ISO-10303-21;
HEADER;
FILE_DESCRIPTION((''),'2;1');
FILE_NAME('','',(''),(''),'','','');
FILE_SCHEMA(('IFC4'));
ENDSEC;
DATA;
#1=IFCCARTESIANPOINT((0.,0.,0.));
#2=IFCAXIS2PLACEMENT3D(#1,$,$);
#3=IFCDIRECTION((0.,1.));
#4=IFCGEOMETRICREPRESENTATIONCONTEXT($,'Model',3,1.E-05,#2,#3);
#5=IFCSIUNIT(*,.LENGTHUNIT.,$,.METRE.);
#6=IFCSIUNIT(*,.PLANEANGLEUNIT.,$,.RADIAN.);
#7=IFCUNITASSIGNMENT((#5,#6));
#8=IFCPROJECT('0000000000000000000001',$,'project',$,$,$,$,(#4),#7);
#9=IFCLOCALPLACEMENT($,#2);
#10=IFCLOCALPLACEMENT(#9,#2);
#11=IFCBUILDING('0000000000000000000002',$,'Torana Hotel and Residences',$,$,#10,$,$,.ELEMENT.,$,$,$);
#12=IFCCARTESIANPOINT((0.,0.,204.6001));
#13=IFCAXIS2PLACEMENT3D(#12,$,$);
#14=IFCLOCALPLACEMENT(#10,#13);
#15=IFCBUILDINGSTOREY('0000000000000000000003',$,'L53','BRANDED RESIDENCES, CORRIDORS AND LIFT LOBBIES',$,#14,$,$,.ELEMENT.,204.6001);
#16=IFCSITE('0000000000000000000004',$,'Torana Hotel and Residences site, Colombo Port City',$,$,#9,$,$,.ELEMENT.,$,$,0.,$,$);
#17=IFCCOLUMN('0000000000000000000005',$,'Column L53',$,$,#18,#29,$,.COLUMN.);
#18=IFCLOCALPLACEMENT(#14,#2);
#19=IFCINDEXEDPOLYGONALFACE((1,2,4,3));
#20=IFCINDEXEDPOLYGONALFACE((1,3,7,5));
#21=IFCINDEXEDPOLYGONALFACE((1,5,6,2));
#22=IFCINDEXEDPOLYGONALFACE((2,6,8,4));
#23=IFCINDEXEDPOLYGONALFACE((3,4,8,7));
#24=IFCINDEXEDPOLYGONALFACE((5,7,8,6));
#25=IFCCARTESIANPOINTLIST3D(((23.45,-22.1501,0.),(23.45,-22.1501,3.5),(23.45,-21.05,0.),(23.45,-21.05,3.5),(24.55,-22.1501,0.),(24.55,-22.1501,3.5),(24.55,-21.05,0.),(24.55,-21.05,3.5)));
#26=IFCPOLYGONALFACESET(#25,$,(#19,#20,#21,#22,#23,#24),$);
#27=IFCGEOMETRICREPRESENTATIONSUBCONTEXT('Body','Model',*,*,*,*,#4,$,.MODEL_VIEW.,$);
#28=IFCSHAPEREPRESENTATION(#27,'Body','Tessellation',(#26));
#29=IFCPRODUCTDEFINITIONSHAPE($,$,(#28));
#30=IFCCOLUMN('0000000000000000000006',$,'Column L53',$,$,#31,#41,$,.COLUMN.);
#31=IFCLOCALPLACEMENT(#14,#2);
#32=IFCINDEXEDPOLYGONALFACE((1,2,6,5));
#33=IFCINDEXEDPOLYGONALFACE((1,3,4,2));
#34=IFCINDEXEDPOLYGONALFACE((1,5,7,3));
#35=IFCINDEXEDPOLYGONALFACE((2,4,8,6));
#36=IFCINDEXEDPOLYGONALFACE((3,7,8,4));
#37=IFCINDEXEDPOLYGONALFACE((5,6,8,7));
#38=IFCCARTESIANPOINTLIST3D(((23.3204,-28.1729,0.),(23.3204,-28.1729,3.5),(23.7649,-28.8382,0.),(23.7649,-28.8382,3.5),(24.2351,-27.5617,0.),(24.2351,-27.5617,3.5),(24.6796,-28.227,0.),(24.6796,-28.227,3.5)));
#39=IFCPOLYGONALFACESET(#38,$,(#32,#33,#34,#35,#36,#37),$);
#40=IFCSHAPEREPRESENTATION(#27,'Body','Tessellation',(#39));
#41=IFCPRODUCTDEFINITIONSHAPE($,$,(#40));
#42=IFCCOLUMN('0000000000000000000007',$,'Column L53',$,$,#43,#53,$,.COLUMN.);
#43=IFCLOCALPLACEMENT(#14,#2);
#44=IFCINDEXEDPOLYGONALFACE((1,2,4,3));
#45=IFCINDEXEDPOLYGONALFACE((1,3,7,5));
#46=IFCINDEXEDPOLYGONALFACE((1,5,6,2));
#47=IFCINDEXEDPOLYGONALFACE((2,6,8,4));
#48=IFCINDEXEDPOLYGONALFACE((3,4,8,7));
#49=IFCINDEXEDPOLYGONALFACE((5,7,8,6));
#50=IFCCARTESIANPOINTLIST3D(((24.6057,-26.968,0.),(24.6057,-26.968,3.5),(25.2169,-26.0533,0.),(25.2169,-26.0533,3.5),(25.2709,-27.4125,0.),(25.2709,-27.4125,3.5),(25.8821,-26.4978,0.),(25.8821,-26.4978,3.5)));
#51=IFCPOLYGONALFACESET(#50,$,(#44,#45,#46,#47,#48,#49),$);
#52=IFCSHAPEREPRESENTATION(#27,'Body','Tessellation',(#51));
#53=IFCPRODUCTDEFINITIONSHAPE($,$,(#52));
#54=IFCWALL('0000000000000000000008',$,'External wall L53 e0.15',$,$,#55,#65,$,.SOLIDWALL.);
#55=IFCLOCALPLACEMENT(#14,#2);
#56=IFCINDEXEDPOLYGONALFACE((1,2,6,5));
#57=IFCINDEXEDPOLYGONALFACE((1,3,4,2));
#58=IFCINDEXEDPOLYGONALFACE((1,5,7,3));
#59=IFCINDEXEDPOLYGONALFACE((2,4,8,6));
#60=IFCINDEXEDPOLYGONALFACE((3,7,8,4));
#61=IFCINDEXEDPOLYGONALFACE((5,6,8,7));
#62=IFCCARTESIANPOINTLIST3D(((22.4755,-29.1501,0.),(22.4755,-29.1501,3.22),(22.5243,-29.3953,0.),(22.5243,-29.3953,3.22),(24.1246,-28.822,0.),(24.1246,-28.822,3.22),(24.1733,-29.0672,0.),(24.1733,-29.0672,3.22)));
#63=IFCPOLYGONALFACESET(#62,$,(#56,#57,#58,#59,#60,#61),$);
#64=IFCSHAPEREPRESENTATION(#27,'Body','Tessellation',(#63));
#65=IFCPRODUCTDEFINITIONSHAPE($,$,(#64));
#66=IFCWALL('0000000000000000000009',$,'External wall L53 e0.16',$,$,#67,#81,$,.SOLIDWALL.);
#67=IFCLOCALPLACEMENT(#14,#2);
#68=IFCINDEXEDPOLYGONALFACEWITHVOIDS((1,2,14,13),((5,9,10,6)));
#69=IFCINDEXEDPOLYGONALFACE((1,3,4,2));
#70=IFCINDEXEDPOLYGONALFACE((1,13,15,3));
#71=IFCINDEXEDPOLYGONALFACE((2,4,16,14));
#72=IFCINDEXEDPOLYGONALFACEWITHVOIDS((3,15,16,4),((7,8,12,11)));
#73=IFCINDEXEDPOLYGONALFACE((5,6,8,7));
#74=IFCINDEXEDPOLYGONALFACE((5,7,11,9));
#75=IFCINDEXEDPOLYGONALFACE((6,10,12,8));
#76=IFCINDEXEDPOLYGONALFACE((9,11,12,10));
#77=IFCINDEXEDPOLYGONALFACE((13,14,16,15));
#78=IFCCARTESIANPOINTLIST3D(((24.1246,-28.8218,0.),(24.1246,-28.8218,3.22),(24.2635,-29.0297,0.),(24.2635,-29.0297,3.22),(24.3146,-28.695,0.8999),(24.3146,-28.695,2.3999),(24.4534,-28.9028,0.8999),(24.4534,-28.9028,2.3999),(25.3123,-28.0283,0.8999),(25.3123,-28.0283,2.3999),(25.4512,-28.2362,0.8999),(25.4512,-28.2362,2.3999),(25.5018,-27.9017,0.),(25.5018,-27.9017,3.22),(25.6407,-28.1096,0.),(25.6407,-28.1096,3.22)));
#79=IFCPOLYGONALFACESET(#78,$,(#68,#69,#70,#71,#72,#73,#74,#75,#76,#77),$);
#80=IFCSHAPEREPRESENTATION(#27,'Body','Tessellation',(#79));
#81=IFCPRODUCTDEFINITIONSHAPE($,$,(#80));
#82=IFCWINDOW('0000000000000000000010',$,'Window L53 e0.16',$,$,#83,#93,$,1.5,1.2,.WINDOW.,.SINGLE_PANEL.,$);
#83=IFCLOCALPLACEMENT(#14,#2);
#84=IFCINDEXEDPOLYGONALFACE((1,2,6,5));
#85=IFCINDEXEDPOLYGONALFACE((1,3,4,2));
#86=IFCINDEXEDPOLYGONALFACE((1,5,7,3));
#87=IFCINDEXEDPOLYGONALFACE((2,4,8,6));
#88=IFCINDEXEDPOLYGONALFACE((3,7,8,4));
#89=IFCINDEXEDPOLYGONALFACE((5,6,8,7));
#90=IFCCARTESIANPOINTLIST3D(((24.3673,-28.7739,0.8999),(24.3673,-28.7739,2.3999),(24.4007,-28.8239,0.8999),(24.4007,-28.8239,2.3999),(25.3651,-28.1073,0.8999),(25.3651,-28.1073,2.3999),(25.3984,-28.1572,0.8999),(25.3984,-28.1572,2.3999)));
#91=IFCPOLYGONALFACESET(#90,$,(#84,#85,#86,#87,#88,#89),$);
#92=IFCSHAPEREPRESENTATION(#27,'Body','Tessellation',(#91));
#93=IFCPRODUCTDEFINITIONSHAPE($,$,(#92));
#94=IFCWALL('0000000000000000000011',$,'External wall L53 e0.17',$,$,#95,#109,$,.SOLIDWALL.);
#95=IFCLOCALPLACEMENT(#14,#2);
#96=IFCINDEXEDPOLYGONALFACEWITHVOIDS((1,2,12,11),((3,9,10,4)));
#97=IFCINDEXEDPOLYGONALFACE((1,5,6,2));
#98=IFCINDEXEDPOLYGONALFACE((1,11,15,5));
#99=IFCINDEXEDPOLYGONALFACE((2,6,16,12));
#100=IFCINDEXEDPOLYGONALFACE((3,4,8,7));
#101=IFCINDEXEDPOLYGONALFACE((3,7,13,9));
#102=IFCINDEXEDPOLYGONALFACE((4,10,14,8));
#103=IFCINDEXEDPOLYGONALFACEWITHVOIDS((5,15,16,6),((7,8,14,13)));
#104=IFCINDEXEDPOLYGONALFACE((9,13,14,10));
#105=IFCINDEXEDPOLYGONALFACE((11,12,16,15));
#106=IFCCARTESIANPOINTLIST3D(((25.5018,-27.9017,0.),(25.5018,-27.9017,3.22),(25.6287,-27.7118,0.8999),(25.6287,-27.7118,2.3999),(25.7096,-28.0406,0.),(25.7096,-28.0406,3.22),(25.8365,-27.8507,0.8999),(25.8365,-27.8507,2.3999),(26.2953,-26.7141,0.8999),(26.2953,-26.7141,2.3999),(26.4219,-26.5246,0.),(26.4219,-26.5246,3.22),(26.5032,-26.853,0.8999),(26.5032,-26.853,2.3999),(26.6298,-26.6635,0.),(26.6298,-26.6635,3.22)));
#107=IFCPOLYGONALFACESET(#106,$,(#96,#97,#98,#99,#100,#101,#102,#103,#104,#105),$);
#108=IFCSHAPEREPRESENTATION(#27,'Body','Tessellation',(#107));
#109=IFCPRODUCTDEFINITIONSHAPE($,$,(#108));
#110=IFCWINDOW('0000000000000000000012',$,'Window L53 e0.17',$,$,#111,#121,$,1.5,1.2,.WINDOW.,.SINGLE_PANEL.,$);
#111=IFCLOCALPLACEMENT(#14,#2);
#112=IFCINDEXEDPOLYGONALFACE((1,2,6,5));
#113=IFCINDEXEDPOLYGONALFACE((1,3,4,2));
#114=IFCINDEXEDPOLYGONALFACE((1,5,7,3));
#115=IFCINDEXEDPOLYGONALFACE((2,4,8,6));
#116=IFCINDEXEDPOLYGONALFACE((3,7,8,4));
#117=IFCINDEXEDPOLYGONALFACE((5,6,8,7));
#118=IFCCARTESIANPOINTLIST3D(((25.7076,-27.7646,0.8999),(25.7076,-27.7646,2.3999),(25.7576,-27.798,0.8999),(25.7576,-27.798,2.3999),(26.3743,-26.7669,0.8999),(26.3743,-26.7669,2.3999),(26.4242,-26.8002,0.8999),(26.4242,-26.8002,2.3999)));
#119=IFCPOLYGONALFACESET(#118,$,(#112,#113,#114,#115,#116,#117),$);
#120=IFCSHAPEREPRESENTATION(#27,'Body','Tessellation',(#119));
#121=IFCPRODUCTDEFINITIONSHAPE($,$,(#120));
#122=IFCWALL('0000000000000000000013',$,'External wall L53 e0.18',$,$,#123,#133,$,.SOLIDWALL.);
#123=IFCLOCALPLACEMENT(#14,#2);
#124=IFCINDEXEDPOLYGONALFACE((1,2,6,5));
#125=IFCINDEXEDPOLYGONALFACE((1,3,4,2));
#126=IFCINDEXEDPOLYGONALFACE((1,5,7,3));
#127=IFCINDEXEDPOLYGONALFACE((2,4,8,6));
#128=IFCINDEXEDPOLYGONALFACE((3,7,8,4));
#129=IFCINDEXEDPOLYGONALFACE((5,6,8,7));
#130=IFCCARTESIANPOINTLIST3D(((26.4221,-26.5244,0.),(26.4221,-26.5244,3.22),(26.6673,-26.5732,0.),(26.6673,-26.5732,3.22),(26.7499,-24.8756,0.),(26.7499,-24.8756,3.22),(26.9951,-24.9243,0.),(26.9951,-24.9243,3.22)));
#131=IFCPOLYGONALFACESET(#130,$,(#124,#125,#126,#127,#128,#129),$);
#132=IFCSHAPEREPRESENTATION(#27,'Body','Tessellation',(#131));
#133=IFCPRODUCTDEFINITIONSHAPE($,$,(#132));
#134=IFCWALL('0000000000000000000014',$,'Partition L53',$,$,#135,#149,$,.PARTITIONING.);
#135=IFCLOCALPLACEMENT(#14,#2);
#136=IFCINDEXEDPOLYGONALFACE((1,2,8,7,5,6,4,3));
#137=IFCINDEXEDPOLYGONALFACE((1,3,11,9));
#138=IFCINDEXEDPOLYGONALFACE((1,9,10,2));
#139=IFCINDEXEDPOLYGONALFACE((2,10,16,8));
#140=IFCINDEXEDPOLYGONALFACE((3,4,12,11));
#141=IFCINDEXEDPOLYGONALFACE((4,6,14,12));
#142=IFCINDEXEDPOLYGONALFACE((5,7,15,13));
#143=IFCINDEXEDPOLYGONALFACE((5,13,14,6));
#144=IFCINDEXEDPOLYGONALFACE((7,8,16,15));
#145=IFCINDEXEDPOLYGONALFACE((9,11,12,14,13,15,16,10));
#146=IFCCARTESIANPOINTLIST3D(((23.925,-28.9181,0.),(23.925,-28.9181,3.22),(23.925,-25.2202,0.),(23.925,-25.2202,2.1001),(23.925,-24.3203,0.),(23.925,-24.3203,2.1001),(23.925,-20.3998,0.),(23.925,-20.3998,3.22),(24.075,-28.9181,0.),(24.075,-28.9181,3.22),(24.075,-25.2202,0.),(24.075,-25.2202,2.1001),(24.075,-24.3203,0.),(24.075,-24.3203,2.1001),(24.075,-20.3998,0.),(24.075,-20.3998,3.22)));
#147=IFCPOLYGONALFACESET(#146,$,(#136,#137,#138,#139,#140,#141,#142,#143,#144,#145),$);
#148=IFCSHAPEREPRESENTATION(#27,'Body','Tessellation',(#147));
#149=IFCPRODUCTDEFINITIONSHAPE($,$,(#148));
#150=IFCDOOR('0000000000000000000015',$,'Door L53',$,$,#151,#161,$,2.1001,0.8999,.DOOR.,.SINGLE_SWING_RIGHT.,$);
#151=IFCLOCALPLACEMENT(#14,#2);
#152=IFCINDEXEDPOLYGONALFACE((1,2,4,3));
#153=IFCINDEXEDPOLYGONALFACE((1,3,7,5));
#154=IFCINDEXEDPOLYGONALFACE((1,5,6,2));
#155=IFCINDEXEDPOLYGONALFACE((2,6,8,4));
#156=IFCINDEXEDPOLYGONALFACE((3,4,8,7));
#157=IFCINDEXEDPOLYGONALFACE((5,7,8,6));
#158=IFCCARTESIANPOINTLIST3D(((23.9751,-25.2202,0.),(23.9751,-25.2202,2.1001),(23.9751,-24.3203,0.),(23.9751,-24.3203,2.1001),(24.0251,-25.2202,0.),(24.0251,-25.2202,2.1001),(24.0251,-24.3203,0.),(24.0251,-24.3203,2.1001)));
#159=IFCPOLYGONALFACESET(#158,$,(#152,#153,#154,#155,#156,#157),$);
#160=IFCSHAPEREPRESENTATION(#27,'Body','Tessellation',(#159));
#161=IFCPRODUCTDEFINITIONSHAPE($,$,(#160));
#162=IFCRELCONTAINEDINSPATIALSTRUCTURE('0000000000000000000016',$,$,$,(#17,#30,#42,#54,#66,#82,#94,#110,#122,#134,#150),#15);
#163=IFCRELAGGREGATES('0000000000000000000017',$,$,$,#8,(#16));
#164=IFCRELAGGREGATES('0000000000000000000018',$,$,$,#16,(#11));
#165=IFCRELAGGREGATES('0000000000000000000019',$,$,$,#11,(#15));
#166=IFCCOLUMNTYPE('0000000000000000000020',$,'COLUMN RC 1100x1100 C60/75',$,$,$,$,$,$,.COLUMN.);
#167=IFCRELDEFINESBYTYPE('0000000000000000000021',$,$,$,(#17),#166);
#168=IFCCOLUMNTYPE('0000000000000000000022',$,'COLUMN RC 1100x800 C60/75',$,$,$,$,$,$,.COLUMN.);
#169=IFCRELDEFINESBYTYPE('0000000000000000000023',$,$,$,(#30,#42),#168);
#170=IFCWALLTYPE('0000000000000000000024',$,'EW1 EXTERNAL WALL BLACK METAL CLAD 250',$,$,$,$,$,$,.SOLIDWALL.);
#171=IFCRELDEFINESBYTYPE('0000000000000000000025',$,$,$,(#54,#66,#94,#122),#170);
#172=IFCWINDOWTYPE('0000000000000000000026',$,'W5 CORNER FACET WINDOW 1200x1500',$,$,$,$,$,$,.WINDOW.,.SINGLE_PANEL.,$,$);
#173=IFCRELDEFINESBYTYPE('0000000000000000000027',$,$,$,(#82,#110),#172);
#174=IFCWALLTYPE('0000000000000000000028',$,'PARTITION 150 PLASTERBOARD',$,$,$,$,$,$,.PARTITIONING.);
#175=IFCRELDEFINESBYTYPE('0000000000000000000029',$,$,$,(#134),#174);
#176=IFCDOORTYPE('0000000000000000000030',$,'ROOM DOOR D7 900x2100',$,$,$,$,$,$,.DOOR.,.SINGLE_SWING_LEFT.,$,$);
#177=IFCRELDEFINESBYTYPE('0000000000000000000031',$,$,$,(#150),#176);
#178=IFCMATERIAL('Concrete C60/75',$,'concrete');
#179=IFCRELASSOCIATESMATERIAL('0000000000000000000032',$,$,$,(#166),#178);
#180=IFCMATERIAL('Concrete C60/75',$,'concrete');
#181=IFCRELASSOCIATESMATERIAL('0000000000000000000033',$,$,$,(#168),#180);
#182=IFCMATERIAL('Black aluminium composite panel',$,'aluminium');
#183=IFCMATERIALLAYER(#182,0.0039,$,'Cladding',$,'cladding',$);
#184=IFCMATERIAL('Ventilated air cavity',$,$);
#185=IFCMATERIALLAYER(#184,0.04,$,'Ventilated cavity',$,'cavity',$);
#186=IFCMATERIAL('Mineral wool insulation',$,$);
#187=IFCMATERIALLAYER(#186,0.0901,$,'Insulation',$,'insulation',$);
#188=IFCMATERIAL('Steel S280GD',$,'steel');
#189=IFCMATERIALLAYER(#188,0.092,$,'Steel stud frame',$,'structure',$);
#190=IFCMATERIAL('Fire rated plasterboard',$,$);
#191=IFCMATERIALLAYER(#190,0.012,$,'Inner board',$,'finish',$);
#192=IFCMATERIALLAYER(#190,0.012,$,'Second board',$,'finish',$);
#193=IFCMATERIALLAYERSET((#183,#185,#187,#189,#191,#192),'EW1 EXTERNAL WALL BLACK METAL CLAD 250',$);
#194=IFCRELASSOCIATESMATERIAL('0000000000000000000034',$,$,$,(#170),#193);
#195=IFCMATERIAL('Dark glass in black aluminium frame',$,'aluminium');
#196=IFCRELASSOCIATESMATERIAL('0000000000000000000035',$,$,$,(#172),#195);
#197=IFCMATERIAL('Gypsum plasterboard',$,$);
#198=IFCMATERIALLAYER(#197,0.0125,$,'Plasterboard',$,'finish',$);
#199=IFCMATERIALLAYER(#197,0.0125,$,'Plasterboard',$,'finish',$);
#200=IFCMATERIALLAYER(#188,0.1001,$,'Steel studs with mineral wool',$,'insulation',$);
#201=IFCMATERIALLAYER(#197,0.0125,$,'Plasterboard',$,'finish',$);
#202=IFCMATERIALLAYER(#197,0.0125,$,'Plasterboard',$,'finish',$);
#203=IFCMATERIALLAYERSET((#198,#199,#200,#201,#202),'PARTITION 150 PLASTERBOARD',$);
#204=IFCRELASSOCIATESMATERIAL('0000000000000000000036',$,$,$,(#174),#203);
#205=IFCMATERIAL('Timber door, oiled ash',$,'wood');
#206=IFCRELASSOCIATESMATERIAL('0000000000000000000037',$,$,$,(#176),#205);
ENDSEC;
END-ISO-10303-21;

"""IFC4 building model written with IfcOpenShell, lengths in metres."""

from ifc_helpers import new_model, si_unit, direction, frame, frame_2d, origin, origin_2d, place, context, subcontext, project, spatial, rectangle, extrude, material, layer, layer_set, material_profile, profile_set, type_object, element, fill, save


model = new_model("IFC4")

# Units and contexts
model_context = context("Model", 3, precision=1e-05, world=origin(), true_north=direction((0.0, 1.0)))
body_context = subcontext(model_context, "Body", "Model", "MODEL_VIEW")
ifc_project = project(units=[si_unit("LENGTHUNIT", "METRE"), si_unit("PLANEANGLEUNIT", "RADIAN")], contexts=[model_context])

# Site, building, storey
site_placement = place(None, origin())
site = spatial("IfcSite", under=ifc_project, at=site_placement, Name="Torana Hotel and Residences site, Colombo Port City", CompositionType="ELEMENT", RefElevation=0.0)
building_placement = place(site_placement, origin())
building = spatial("IfcBuilding", under=site, at=building_placement, Name="Torana Hotel and Residences", CompositionType="ELEMENT")
storey_placement = place(building_placement, frame((0.0, 0.0, 204.6001)))
storey = spatial("IfcBuildingStorey", under=building, at=storey_placement, Name="L53", Description="BRANDED RESIDENCES, CORRIDORS AND LIFT LOBBIES", CompositionType="ELEMENT", Elevation=204.6001)

# Columns
ifc_material_1 = material(Name="Concrete C60/75", Category="concrete")
ifc_material_profile_1 = material_profile(ifc_material_1, rectangle(XDim=1.1001, YDim=1.1001, at=origin_2d()), Name="RC 1100x1100")
ifc_profile_set_1 = profile_set([ifc_material_profile_1], Name="Concrete C60/75")
column_type_1 = type_object("IfcColumnType", Name="COLUMN RC 1100x1100 C60/75", PredefinedType="COLUMN", material=ifc_profile_set_1)
column_placement = place(storey_placement, frame((24.0, -21.6001, 0.0), z_axis=(0.0, 0.0, 1.0), x_axis=(1.0, 0.0, 0.0)))
element("IfcColumn", 1, at=column_placement, inside=storey, type_object=column_type_1, Name="Column L53", PredefinedType="COLUMN", context=body_context, shape_type="SweptSolid", body=[
    extrude(rectangle(XDim=1.1001, YDim=1.1001, at=origin_2d()), origin(), (0.0, 0.0, 1.0), 3.5),
])
ifc_material_2 = material(Name="Concrete C60/75", Category="concrete")
ifc_material_profile_2 = material_profile(ifc_material_2, rectangle(XDim=1.1001, YDim=0.8, at=origin_2d()), Name="RC 1100x800")
ifc_profile_set_2 = profile_set([ifc_material_profile_2], Name="Concrete C60/75")
column_type_2 = type_object("IfcColumnType", Name="COLUMN RC 1100x800 C60/75", PredefinedType="COLUMN", material=ifc_profile_set_2)
for number, where, z_axis, x_axis, name in (
    (2, (24.0, -28.2, 0.0), (0.0, 0.0, 1.0), (0.83146, 0.555585, 0.0), "Column L53"),
    (3, (25.2439, -26.7329, 0.0), (0.0, 0.0, 1.0), (0.555585, 0.83146, 0.0), "Column L53"),
):
    element("IfcColumn", number, at=place(storey_placement, frame(where, z_axis=z_axis, x_axis=x_axis)), inside=storey, type_object=column_type_2, Name=name, PredefinedType="COLUMN", context=body_context, shape_type="SweptSolid", body=[
        extrude(rectangle(XDim=1.1001, YDim=0.8, at=origin_2d()), origin(), (0.0, 0.0, 1.0), 3.5),
    ])

# Wall
ifc_material_3 = material(Name="Black aluminium composite panel", Category="aluminium")
ifc_layer_1 = layer(ifc_material_3, 0.0039, Name="Cladding", Category="cladding")
ifc_material_4 = material(Name="Ventilated air cavity")
ifc_layer_2 = layer(ifc_material_4, 0.04, Name="Ventilated cavity", Category="cavity")
ifc_material_5 = material(Name="Mineral wool insulation")
ifc_layer_3 = layer(ifc_material_5, 0.0901, Name="Insulation", Category="insulation")
ifc_material_6 = material(Name="Steel S280GD", Category="steel")
ifc_layer_4 = layer(ifc_material_6, 0.092, Name="Steel stud frame", Category="structure")
ifc_material_7 = material(Name="Fire rated plasterboard")
ifc_layer_5 = layer(ifc_material_7, 0.012, Name="Inner board", Category="finish")
ifc_layer_6 = layer(ifc_material_7, 0.012, Name="Second board", Category="finish")
ifc_layer_set_1 = layer_set([ifc_layer_1, ifc_layer_2, ifc_layer_3, ifc_layer_4, ifc_layer_5, ifc_layer_6], Name="EW1 EXTERNAL WALL BLACK METAL CLAD 250")
wall_type_1 = type_object("IfcWallType", Name="EW1 EXTERNAL WALL BLACK METAL CLAD 250", PredefinedType="SOLIDWALL", material=ifc_layer_set_1)
wall_1_placement = place(storey_placement, frame((22.4998, -29.2727, 0.0), z_axis=(0.0, 0.0, 1.0), x_axis=(0.980776, 0.195139, 0.0)))
element("IfcWall", 4, at=wall_1_placement, inside=storey, type_object=wall_type_1, Name="External wall L53 e0.15", PredefinedType="SOLIDWALL", context=body_context, shape_type="SweptSolid", body=[
    extrude(rectangle(XDim=1.6814, YDim=0.25, at=frame_2d((0.8408, 0.0))), origin(), (0.0, 0.0, 1.0), 3.22),
])

# Walls, openings, windows
wall_2_placement = place(storey_placement, frame((24.1941, -28.9258, 0.0), z_axis=(0.0, 0.0, 1.0), x_axis=(0.831483, 0.55555, 0.0)))
wall_2 = element("IfcWall", 5, at=wall_2_placement, inside=storey, type_object=wall_type_1, Name="External wall L53 e0.16", PredefinedType="SOLIDWALL", context=body_context, shape_type="SweptSolid", body=[
    extrude(rectangle(XDim=1.6562, YDim=0.25, at=frame_2d((0.8281, 0.0))), origin(), (0.0, 0.0, 1.0), 3.22),
])
opening_1_placement = place(wall_2_placement, frame((0.2283, 0.0, 0.8999)))
opening_1 = element("IfcOpeningElement", 6, at=opening_1_placement, cuts=wall_2, PredefinedType="OPENING", context=body_context, shape_type="SweptSolid", body=[
    extrude(rectangle(XDim=1.2, YDim=1.5, at=frame_2d((0.6001, 0.75))), frame((0.0, 0.135, 0.0), z_axis=(0.0, -1.0, 0.0), x_axis=(1.0, 0.0, 0.0)), (0.0, 0.0, 1.0), 0.27),
])
ifc_material_8 = material(Name="Dark glass in black aluminium frame", Category="aluminium")
window_type = type_object("IfcWindowType", Name="W5 CORNER FACET WINDOW 1200x1500", PartitioningType="SINGLE_PANEL", PredefinedType="WINDOW", material=ifc_material_8)
window_1_placement = place(opening_1_placement, origin())
window_1 = element("IfcWindow", 7, at=window_1_placement, inside=storey, type_object=window_type, Name="Window L53 e0.16", OverallHeight=1.5, OverallWidth=1.2, PartitioningType="SINGLE_PANEL", PredefinedType="WINDOW", context=body_context, shape_type="SweptSolid", body=[
    extrude(rectangle(XDim=1.2, YDim=1.5, at=frame_2d((0.6001, 0.75))), frame((0.0, 0.03, 0.0), z_axis=(0.0, -1.0, 0.0), x_axis=(1.0, 0.0, 0.0)), (0.0, 0.0, 1.0), 0.0601),
])
fill(opening_1, window_1)
wall_3_placement = place(storey_placement, frame((25.6057, -27.9712, 0.0), z_axis=(0.0, 0.0, 1.0), x_axis=(0.55555, 0.831483, 0.0)))
wall_3 = element("IfcWall", 8, at=wall_3_placement, inside=storey, type_object=wall_type_1, Name="External wall L53 e0.17", PredefinedType="SOLIDWALL", context=body_context, shape_type="SweptSolid", body=[
    extrude(rectangle(XDim=1.6562, YDim=0.25, at=frame_2d((0.8281, 0.0))), origin(), (0.0, 0.0, 1.0), 3.22),
])
opening_2_placement = place(wall_3_placement, frame((0.2283, 0.0, 0.8999)))
opening_2 = element("IfcOpeningElement", 9, at=opening_2_placement, cuts=wall_3, PredefinedType="OPENING", context=body_context, shape_type="SweptSolid", body=[
    extrude(rectangle(XDim=1.2, YDim=1.5, at=frame_2d((0.6001, 0.75))), frame((0.0, 0.135, 0.0), z_axis=(0.0, -1.0, 0.0), x_axis=(1.0, 0.0, 0.0)), (0.0, 0.0, 1.0), 0.27),
])
window_2_placement = place(opening_2_placement, origin())
window_2 = element("IfcWindow", 10, at=window_2_placement, inside=storey, type_object=window_type, Name="Window L53 e0.17", OverallHeight=1.5, OverallWidth=1.2, PartitioningType="SINGLE_PANEL", PredefinedType="WINDOW", context=body_context, shape_type="SweptSolid", body=[
    extrude(rectangle(XDim=1.2, YDim=1.5, at=frame_2d((0.6001, 0.75))), frame((0.0, 0.03, 0.0), z_axis=(0.0, -1.0, 0.0), x_axis=(1.0, 0.0, 0.0)), (0.0, 0.0, 1.0), 0.0601),
])
fill(opening_2, window_2)

# Wall
wall_4_placement = place(storey_placement, frame((26.5447, -26.5488, 0.0), z_axis=(0.0, 0.0, 1.0), x_axis=(0.195027, 0.980798, 0.0)))
element("IfcWall", 11, at=wall_4_placement, inside=storey, type_object=wall_type_1, Name="External wall L53 e0.18", PredefinedType="SOLIDWALL", context=body_context, shape_type="SweptSolid", body=[
    extrude(rectangle(XDim=1.6812, YDim=0.25, at=frame_2d((0.8406, 0.0))), origin(), (0.0, 0.0, 1.0), 3.22),
])

# Wall, opening, door
ifc_material_9 = material(Name="Gypsum plasterboard")
ifc_layer_7 = layer(ifc_material_9, 0.0125, Name="Plasterboard", Category="finish")
ifc_layer_8 = layer(ifc_material_9, 0.0125, Name="Plasterboard", Category="finish")
ifc_layer_9 = layer(ifc_material_6, 0.1001, Name="Steel studs with mineral wool", Category="insulation")
ifc_layer_10 = layer(ifc_material_9, 0.0125, Name="Plasterboard", Category="finish")
ifc_layer_11 = layer(ifc_material_9, 0.0125, Name="Plasterboard", Category="finish")
ifc_layer_set_2 = layer_set([ifc_layer_7, ifc_layer_8, ifc_layer_9, ifc_layer_10, ifc_layer_11], Name="PARTITION 150 PLASTERBOARD")
wall_type_2 = type_object("IfcWallType", Name="PARTITION 150 PLASTERBOARD", PredefinedType="PARTITIONING", material=ifc_layer_set_2)
wall_5_placement = place(storey_placement, frame((24.0, -28.9182, 0.0), z_axis=(0.0, 0.0, 1.0), x_axis=(0.0, 1.0, 0.0)))
wall_5 = element("IfcWall", 12, at=wall_5_placement, inside=storey, type_object=wall_type_2, Name="Partition L53", PredefinedType="PARTITIONING", context=body_context, shape_type="SweptSolid", body=[
    extrude(rectangle(XDim=8.5183, YDim=0.1499, at=frame_2d((4.2593, 0.0))), origin(), (0.0, 0.0, 1.0), 3.22),
])
opening_3_placement = place(wall_5_placement, frame((3.698, 0.0, 0.0)))
opening_3 = element("IfcOpeningElement", 13, at=opening_3_placement, cuts=wall_5, PredefinedType="OPENING", context=body_context, shape_type="SweptSolid", body=[
    extrude(rectangle(XDim=0.8999, YDim=2.1001, at=frame_2d((0.45, 1.05))), frame((0.0, 0.085, 0.0), z_axis=(0.0, -1.0, 0.0), x_axis=(1.0, 0.0, 0.0)), (0.0, 0.0, 1.0), 0.1699),
])
ifc_material_10 = material(Name="Timber door, oiled ash", Category="wood")
door_type_1 = type_object("IfcDoorType", Name="ROOM DOOR D7 900x2100", OperationType="SINGLE_SWING_LEFT", PredefinedType="DOOR", material=ifc_material_10)
door_1_placement = place(opening_3_placement, origin())
door_1 = element("IfcDoor", 14, at=door_1_placement, inside=storey, type_object=door_type_1, Name="Door L53", OperationType="SINGLE_SWING_RIGHT", OverallHeight=2.1001, OverallWidth=0.8999, PredefinedType="DOOR", context=body_context, shape_type="SweptSolid", body=[
    extrude(rectangle(XDim=0.8999, YDim=2.1001, at=frame_2d((0.45, 1.05))), frame((0.0, 0.0249, 0.0), z_axis=(0.0, -1.0, 0.0), x_axis=(1.0, 0.0, 0.0)), (0.0, 0.0, 1.0), 0.05),
])
fill(opening_3, door_1)

save(model, "model.ifc")
